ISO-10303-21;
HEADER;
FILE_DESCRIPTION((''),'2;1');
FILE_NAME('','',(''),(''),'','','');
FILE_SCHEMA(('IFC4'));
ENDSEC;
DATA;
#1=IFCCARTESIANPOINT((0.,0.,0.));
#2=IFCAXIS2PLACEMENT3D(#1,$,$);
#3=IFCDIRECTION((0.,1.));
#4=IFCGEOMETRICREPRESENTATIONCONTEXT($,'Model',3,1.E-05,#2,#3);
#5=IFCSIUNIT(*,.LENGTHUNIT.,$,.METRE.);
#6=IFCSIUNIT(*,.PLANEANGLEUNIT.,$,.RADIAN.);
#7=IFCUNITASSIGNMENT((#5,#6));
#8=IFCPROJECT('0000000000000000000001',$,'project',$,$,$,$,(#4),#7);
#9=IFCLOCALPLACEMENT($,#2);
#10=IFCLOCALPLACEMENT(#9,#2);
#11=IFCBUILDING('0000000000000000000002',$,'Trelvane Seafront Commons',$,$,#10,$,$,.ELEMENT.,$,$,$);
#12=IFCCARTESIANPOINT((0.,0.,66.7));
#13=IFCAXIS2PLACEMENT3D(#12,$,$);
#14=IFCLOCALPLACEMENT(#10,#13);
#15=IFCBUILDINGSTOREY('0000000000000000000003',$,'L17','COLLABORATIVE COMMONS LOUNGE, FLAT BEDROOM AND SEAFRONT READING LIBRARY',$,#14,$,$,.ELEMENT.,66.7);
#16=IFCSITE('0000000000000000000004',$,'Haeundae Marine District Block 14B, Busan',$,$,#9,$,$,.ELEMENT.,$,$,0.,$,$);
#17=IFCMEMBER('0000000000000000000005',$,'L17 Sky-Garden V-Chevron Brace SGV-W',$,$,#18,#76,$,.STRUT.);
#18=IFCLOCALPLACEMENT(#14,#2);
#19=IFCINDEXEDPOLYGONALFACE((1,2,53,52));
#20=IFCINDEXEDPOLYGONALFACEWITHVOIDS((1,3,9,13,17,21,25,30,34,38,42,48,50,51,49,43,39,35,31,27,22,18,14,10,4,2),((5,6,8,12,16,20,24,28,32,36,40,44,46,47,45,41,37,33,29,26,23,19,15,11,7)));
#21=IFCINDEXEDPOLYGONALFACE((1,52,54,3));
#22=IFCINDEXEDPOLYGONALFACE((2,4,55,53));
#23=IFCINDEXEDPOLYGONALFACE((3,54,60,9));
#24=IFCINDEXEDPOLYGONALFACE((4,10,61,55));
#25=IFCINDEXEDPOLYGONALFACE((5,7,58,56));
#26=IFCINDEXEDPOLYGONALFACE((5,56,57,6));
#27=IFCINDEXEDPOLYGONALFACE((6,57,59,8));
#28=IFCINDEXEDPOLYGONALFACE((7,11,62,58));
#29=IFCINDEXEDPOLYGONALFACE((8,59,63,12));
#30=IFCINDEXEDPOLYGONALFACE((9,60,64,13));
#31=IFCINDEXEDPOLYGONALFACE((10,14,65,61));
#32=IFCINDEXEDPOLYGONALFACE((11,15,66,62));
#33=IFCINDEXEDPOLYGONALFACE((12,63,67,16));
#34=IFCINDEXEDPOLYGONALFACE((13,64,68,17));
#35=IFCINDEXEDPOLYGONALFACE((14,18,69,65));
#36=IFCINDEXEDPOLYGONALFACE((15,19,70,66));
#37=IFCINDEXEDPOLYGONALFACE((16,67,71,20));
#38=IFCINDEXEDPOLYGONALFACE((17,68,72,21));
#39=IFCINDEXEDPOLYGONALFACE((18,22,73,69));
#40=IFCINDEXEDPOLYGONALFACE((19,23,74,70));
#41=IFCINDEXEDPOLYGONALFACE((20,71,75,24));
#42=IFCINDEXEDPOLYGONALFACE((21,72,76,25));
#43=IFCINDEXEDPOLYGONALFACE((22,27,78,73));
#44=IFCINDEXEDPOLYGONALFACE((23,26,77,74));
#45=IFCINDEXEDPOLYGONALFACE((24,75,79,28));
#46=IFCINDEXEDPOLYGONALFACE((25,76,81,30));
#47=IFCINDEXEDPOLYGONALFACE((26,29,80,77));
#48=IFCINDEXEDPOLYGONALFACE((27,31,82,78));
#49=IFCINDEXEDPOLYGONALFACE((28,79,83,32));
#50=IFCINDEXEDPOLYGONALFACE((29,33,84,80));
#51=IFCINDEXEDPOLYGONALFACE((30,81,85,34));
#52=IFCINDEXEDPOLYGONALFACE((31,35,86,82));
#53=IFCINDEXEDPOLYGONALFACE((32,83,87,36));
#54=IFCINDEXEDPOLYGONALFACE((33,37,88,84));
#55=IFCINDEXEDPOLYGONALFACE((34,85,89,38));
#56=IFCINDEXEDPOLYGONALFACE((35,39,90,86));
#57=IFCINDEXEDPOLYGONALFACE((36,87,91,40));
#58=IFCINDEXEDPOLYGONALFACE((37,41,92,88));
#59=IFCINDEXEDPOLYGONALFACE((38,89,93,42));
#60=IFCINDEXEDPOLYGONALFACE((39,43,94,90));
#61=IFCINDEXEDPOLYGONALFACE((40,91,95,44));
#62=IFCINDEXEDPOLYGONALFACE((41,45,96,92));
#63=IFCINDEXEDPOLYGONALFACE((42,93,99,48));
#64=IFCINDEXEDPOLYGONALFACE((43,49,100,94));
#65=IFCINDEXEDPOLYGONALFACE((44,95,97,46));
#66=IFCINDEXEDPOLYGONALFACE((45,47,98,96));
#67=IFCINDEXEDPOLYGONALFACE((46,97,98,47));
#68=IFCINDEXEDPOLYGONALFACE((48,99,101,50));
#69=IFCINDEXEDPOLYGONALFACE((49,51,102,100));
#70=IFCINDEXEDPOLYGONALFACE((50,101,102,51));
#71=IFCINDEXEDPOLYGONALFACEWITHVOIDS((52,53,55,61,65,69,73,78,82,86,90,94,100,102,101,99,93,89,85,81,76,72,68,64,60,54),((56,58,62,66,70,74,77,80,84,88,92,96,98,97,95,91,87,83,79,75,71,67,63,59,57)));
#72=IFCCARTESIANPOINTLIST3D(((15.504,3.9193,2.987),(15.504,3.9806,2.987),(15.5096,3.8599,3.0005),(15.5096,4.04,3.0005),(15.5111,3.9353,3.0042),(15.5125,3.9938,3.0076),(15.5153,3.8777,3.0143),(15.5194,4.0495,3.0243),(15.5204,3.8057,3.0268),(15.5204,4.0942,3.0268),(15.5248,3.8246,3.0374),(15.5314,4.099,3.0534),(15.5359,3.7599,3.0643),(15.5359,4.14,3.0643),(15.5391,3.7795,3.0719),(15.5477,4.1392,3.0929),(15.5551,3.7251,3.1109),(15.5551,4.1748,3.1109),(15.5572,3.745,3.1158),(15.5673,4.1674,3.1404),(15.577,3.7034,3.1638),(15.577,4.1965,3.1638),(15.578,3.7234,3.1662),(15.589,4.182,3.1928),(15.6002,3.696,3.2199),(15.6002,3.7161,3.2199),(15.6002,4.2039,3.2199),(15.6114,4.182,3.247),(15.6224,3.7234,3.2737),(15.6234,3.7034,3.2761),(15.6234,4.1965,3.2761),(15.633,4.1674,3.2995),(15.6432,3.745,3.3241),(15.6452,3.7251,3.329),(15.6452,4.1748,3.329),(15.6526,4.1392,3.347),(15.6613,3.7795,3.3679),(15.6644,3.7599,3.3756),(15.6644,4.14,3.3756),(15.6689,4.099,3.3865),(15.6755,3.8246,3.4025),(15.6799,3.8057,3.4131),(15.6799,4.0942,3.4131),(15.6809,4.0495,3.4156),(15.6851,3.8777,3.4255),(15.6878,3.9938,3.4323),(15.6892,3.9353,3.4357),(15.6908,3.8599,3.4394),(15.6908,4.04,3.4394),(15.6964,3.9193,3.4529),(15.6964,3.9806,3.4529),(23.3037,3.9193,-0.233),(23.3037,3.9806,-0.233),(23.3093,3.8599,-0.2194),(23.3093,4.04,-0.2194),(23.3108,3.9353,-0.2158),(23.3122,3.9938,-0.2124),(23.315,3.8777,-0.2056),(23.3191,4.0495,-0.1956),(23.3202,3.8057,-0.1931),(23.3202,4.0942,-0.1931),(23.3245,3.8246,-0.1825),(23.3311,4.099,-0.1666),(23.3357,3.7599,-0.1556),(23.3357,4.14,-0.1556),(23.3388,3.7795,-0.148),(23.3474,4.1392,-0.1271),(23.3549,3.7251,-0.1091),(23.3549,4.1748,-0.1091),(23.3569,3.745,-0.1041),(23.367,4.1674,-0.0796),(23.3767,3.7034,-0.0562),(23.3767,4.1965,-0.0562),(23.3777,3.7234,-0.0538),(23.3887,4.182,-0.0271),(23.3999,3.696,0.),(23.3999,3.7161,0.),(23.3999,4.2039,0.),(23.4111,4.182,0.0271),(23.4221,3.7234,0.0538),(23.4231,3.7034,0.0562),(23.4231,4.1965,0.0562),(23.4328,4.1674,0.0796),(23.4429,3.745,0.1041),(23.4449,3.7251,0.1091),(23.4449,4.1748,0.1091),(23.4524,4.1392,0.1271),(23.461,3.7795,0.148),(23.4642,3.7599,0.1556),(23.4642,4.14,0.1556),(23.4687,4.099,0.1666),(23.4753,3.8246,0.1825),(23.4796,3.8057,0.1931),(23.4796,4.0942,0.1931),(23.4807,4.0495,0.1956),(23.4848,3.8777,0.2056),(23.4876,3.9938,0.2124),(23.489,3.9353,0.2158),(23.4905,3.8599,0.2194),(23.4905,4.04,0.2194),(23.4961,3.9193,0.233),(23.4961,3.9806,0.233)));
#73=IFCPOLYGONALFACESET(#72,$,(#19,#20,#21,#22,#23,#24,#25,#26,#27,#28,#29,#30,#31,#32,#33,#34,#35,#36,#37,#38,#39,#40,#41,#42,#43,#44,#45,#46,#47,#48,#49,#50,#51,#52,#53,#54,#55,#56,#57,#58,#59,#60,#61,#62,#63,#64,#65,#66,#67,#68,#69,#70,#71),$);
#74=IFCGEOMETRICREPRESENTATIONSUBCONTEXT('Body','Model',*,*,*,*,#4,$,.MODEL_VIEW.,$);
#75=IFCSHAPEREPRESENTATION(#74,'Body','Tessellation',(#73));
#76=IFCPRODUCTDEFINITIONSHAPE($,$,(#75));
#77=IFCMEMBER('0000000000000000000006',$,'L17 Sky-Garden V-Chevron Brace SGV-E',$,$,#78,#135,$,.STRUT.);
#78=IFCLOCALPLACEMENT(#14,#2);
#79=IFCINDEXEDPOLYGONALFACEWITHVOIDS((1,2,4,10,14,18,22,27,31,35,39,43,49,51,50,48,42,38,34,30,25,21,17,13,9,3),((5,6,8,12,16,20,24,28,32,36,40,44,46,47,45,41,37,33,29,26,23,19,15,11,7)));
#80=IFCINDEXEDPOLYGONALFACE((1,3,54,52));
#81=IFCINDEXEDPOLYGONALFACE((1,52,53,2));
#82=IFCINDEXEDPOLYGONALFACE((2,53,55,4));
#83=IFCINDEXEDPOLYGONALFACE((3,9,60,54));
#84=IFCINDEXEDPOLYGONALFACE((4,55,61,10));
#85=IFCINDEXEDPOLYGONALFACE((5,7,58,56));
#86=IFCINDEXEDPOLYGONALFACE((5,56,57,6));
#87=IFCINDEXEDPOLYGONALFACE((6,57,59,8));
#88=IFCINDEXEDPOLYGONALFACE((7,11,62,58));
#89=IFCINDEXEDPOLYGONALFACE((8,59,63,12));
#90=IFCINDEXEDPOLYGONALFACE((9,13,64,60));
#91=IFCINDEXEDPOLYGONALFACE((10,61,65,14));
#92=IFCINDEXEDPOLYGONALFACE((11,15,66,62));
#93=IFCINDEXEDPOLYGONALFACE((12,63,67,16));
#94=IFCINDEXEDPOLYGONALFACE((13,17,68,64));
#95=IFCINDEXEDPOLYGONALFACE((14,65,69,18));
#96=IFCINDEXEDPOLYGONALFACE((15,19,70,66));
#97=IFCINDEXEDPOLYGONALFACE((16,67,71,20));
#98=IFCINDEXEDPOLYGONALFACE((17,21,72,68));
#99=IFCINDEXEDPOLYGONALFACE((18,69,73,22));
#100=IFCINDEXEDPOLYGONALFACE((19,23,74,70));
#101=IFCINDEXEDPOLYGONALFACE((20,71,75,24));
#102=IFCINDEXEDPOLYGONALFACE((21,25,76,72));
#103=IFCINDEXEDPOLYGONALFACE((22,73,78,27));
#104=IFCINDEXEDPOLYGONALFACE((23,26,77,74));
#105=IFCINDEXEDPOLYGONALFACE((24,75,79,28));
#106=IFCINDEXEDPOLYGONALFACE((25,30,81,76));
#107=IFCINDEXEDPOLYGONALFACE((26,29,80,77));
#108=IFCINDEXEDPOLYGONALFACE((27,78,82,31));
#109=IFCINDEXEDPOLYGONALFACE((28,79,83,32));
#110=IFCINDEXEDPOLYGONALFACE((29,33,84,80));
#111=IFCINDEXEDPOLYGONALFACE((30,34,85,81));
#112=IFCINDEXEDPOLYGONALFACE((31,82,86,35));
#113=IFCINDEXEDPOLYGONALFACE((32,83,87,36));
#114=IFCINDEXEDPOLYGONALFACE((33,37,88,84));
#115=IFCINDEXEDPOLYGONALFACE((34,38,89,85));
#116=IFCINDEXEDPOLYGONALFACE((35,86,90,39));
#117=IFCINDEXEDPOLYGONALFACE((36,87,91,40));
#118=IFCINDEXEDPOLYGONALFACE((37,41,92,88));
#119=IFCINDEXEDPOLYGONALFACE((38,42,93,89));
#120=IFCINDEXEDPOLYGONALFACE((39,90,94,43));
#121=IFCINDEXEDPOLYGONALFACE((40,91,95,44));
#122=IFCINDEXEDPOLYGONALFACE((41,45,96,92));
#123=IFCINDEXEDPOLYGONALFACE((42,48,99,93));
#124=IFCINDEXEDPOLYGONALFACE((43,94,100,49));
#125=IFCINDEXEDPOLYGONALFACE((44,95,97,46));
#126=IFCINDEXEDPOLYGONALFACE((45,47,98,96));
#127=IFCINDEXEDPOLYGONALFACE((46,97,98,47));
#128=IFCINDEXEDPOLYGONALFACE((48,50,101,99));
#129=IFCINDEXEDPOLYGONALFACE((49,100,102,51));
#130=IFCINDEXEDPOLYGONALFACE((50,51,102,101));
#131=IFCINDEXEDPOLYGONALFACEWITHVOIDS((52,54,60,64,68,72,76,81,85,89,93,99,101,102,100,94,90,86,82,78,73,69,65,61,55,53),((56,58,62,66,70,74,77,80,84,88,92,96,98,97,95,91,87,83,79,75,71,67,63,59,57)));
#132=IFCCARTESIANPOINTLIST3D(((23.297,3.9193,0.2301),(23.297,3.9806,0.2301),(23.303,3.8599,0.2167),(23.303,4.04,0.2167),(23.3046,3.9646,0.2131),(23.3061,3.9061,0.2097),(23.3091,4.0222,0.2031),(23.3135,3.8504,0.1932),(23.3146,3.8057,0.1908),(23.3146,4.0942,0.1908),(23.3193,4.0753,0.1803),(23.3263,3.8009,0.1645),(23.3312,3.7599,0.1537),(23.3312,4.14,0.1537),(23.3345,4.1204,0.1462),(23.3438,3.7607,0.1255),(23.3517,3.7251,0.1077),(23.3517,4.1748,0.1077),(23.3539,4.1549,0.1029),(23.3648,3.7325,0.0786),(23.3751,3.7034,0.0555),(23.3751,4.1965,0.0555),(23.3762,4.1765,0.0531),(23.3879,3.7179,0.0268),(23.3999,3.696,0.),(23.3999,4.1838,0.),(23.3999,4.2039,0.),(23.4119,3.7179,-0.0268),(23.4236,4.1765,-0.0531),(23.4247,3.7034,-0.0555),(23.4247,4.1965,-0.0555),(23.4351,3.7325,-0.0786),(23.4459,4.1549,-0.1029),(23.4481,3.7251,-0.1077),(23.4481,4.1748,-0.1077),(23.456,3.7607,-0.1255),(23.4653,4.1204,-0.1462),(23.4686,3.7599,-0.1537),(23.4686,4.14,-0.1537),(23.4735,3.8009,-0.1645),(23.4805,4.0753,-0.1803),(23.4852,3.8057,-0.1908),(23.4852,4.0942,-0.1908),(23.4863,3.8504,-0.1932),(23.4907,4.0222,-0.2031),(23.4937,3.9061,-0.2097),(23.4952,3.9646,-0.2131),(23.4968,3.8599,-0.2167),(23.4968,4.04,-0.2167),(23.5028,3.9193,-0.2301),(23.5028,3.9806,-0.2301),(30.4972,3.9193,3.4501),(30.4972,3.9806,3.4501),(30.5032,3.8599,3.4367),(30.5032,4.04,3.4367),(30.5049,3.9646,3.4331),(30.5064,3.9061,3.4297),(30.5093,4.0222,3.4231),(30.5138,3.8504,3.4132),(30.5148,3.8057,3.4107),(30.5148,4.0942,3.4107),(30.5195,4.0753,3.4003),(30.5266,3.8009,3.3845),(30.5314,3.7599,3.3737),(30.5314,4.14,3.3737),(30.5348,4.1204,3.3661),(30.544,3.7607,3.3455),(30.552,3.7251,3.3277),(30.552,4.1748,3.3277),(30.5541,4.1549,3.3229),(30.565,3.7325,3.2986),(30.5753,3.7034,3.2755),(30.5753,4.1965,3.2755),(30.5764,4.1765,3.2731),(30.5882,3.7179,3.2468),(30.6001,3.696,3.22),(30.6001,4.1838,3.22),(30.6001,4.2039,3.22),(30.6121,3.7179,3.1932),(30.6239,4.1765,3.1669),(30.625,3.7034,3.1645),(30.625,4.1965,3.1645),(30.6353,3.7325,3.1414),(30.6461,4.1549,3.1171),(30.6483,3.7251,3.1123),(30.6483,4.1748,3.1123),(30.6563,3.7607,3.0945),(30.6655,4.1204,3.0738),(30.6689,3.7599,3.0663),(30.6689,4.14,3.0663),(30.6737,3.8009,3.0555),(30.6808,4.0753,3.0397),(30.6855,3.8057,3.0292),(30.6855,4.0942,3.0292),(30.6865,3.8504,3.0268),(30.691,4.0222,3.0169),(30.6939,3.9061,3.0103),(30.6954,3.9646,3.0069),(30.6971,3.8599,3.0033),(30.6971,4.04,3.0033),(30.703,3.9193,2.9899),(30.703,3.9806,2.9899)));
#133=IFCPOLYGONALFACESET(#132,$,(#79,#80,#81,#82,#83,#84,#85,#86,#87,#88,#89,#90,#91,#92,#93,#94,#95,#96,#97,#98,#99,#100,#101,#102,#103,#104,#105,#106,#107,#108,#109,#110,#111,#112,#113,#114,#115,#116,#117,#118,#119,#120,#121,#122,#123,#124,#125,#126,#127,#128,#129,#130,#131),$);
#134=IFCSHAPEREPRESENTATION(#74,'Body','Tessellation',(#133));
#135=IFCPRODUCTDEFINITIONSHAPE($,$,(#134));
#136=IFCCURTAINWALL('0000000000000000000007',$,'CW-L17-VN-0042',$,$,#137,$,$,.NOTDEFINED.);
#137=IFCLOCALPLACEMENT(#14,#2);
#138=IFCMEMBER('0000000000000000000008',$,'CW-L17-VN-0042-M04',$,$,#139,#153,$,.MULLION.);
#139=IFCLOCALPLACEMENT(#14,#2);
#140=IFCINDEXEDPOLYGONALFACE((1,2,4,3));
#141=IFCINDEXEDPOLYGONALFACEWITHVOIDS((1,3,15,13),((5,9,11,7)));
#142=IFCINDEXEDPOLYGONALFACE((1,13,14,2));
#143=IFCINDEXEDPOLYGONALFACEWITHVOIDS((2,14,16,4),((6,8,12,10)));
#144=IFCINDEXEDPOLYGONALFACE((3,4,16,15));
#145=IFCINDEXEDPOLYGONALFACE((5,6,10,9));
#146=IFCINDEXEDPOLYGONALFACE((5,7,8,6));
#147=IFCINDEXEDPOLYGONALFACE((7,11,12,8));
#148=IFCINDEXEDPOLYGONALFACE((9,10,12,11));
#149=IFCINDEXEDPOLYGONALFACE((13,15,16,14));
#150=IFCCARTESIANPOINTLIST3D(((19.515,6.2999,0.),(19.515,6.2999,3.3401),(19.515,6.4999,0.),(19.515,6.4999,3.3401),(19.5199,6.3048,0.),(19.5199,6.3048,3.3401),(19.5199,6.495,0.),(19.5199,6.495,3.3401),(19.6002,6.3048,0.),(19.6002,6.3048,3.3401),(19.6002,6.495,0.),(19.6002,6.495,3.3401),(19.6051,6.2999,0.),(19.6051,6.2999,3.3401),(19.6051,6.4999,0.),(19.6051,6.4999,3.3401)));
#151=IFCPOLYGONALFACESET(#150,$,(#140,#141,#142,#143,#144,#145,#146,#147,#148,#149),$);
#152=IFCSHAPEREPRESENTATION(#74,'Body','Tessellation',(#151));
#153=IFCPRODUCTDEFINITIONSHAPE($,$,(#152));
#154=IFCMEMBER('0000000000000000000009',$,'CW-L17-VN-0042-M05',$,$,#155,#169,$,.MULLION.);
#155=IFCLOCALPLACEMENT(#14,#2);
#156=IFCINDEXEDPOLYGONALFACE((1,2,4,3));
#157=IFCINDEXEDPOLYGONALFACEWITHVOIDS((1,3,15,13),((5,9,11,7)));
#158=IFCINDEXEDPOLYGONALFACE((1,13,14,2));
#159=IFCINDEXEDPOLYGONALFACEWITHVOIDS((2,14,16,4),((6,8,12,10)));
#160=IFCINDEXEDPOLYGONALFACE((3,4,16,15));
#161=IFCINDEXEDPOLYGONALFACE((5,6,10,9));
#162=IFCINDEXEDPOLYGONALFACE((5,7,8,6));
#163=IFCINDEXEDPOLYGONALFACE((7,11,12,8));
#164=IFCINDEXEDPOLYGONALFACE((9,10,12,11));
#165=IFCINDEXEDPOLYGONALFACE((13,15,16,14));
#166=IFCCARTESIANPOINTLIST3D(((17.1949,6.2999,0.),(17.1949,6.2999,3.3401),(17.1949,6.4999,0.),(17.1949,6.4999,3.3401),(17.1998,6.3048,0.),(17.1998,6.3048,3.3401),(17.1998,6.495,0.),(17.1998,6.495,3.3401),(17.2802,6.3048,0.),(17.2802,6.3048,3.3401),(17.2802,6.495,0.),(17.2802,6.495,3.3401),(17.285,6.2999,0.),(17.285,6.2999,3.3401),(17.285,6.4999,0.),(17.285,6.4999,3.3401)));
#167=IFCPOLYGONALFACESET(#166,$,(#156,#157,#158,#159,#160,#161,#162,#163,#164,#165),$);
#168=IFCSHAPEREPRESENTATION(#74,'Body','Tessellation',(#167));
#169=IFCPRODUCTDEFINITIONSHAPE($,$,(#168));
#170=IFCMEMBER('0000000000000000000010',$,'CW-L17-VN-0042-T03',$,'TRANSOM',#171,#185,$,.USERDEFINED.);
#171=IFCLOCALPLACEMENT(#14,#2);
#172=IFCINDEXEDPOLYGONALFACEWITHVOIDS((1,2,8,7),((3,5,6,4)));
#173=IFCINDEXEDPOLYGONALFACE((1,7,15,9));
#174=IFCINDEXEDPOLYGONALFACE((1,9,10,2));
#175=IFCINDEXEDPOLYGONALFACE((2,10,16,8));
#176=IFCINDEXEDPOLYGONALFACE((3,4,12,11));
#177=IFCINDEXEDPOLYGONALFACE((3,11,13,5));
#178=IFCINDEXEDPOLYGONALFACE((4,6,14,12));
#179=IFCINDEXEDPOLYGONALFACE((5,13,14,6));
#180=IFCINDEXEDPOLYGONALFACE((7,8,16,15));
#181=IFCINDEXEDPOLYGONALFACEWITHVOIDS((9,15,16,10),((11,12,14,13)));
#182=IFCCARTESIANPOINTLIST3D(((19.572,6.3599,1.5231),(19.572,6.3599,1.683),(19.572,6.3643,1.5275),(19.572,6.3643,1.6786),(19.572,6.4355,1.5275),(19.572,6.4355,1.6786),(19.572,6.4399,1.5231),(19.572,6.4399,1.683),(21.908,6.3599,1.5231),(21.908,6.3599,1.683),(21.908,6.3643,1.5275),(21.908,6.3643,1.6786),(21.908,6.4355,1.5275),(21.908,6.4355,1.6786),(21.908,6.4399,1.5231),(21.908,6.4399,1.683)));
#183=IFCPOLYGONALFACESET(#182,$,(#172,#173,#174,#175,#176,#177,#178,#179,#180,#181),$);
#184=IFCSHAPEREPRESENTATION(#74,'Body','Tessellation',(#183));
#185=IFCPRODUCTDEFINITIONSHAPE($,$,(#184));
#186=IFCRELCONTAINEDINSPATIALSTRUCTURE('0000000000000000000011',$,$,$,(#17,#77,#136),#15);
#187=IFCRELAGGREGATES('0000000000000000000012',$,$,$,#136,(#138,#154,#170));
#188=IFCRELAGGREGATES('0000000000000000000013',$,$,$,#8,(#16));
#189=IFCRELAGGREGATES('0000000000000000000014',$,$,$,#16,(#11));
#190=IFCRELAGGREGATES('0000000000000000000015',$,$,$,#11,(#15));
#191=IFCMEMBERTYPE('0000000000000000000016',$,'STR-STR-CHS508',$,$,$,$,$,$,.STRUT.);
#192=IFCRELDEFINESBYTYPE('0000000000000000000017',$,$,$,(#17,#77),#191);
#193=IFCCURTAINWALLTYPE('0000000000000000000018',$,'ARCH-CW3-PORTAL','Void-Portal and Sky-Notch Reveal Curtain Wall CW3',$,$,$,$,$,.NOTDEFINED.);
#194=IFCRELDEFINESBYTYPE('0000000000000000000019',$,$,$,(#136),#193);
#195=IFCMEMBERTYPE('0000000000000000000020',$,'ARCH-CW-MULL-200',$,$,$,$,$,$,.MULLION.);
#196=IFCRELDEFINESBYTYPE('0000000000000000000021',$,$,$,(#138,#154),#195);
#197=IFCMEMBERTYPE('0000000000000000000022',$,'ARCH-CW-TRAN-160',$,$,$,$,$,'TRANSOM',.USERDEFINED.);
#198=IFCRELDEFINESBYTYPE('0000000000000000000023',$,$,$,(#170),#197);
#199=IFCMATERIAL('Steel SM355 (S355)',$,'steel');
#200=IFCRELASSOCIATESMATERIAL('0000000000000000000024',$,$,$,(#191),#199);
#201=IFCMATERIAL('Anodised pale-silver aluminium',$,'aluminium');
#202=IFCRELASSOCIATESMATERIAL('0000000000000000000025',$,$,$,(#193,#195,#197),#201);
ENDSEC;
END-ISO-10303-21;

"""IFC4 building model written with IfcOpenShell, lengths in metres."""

from ifc_helpers import new_model, si_unit, direction, frame, origin, origin_2d, place, context, subcontext, project, spatial, hollow_rectangle, hollow_circle, extrude, source, transform, mapped, material, material_profile, profile_set, type_object, element, aggregate, save


model = new_model("IFC4")

# Units and contexts
model_context = context("Model", 3, precision=1e-05, world=origin(), true_north=direction((0.0, 1.0)))
body_context = subcontext(model_context, "Body", "Model", "MODEL_VIEW")
ifc_project = project(units=[si_unit("LENGTHUNIT", "METRE"), si_unit("PLANEANGLEUNIT", "RADIAN")], contexts=[model_context])

# Site, building, storey
site_placement = place(None, origin())
site = spatial("IfcSite", under=ifc_project, at=site_placement, Name="Haeundae Marine District Block 14B, Busan", CompositionType="ELEMENT", RefElevation=0.0)
building_placement = place(site_placement, origin())
building = spatial("IfcBuilding", under=site, at=building_placement, Name="Trelvane Seafront Commons", CompositionType="ELEMENT")
storey_placement = place(building_placement, frame((0.0, 0.0, 66.7)))
storey = spatial("IfcBuildingStorey", under=building, at=storey_placement, Name="L17", Description="COLLABORATIVE COMMONS LOUNGE, FLAT BEDROOM AND SEAFRONT READING LIBRARY", CompositionType="ELEMENT", Elevation=66.7)

# Shared definitions
ifc_material_1 = material(Name="Steel SM355 (S355)", Category="steel")

# Members
ifc_material_profile_1 = material_profile(ifc_material_1, hollow_circle(Radius=0.2539, WallThickness=0.02, at=origin_2d()), Name="CHS-508x20")
ifc_profile_set_1 = profile_set([ifc_material_profile_1], Name="Steel SM355 (S355)")
member_type_1 = type_object("IfcMemberType", Name="STR-STR-CHS508", PredefinedType="STRUT", material=ifc_profile_set_1)
shared_shape_1 = source(origin(), body_context, "Body", "SweptSolid", [
    extrude(hollow_circle(Radius=0.2539, WallThickness=0.02, at=origin_2d()), origin(), (0.0, 0.0, 1.0), 8.4382),
])
member_1_placement = place(storey_placement, frame((23.3999, 3.95, 0.0), z_axis=(-0.924332, 0.0, 0.381589), x_axis=(0.0, -1.0, 0.0)))
element("IfcMember", 1, at=member_1_placement, inside=storey, type_object=member_type_1, Name="L17 Sky-Garden V-Chevron Brace SGV-W", PredefinedType="STRUT", context=body_context, shape_type="MappedRepresentation", body=[
    mapped(shared_shape_1, transform((0.0, 0.0, 0.0), x_axis=(1.0, 0.0, 0.0), y_axis=(0.0, 1.0, 0.0), z_axis=(0.0, 0.0, 1.0), scale=1.0)),
])
shared_shape_2 = source(origin(), body_context, "Body", "SweptSolid", [
    extrude(hollow_circle(Radius=0.2539, WallThickness=0.02, at=origin_2d()), origin(), (0.0, 0.0, 1.0), 7.8875),
])
member_2_placement = place(storey_placement, frame((23.3999, 3.95, 0.0), z_axis=(0.912874, 0.0, 0.408243), x_axis=(0.0, 1.0, 0.0)))
element("IfcMember", 2, at=member_2_placement, inside=storey, type_object=member_type_1, Name="L17 Sky-Garden V-Chevron Brace SGV-E", PredefinedType="STRUT", context=body_context, shape_type="MappedRepresentation", body=[
    mapped(shared_shape_2, transform((0.0, 0.0, 0.0), x_axis=(1.0, 0.0, 0.0), y_axis=(0.0, 1.0, 0.0), z_axis=(0.0, 0.0, 1.0), scale=1.0)),
])

# Curtain wall, members
ifc_material_2 = material(Name="Anodised pale-silver aluminium", Category="aluminium")
curtain_wall_type = type_object("IfcCurtainWallType", Name="ARCH-CW3-PORTAL", Description="Void-Portal and Sky-Notch Reveal Curtain Wall CW3", PredefinedType="NOTDEFINED", material=ifc_material_2)
curtain_wall_placement = place(storey_placement, origin())
curtain_wall = element("IfcCurtainWall", 3, at=curtain_wall_placement, inside=storey, type_object=curtain_wall_type, Name="CW-L17-VN-0042", PredefinedType="NOTDEFINED")
ifc_material_profile_2 = material_profile(ifc_material_2, hollow_rectangle(XDim=0.0901, YDim=0.2, WallThickness=0.0049, at=origin_2d()), Name="MULL-90x200x5")
ifc_profile_set_2 = profile_set([ifc_material_profile_2], Name="Anodised pale-silver aluminium")
member_type_2 = type_object("IfcMemberType", Name="ARCH-CW-MULL-200", PredefinedType="MULLION", material=ifc_profile_set_2)
shared_shape_3 = source(origin(), body_context, "Body", "SweptSolid", [
    extrude(hollow_rectangle(XDim=0.0901, YDim=0.2, WallThickness=0.0049, at=origin_2d()), origin(), (0.0, 0.0, 1.0), 3.3401),
])
member_3_placement = place(storey_placement, frame((19.5601, 6.3999, 0.0), z_axis=(0.0, 0.0, 1.0), x_axis=(1.0, 0.0, 0.0)))
member_3 = element("IfcMember", 4, at=member_3_placement, type_object=member_type_2, Name="CW-L17-VN-0042-M04", PredefinedType="MULLION", context=body_context, shape_type="MappedRepresentation", body=[
    mapped(shared_shape_3, transform((0.0, 0.0, 0.0), x_axis=(1.0, 0.0, 0.0), y_axis=(0.0, 1.0, 0.0), z_axis=(0.0, 0.0, 1.0), scale=1.0)),
])
member_4_placement = place(storey_placement, frame((17.24, 6.3999, 0.0), z_axis=(0.0, 0.0, 1.0), x_axis=(1.0, 0.0, 0.0)))
member_4 = element("IfcMember", 5, at=member_4_placement, type_object=member_type_2, Name="CW-L17-VN-0042-M05", PredefinedType="MULLION", context=body_context, shape_type="MappedRepresentation", body=[
    mapped(shared_shape_3, transform((0.0, 0.0, 0.0), x_axis=(1.0, 0.0, 0.0), y_axis=(0.0, 1.0, 0.0), z_axis=(0.0, 0.0, 1.0), scale=1.0)),
])
ifc_material_profile_3 = material_profile(ifc_material_2, hollow_rectangle(XDim=0.0801, YDim=0.1599, WallThickness=0.0044, at=origin_2d()), Name="TRAN-80x160x4.5")
ifc_profile_set_3 = profile_set([ifc_material_profile_3], Name="Anodised pale-silver aluminium")
member_type_3 = type_object("IfcMemberType", Name="ARCH-CW-TRAN-160", ElementType="TRANSOM", PredefinedType="USERDEFINED", material=ifc_profile_set_3)
shared_shape_4 = source(origin(), body_context, "Body", "SweptSolid", [
    extrude(hollow_rectangle(XDim=0.0801, YDim=0.1599, WallThickness=0.0044, at=origin_2d()), origin(), (0.0, 0.0, 1.0), 2.3359),
])
member_5_placement = place(storey_placement, frame((21.908, 6.3999, 1.603), z_axis=(-1.0, 0.0, 0.0), x_axis=(0.0, -1.0, 0.0)))
member_5 = element("IfcMember", 6, at=member_5_placement, type_object=member_type_3, Name="CW-L17-VN-0042-T03", ObjectType="TRANSOM", PredefinedType="USERDEFINED", context=body_context, shape_type="MappedRepresentation", body=[
    mapped(shared_shape_4, transform((0.0, 0.0, 0.0), x_axis=(1.0, 0.0, 0.0), y_axis=(0.0, 1.0, 0.0), z_axis=(0.0, 0.0, 1.0), scale=1.0)),
])

aggregate(curtain_wall, [member_3, member_4, member_5])

save(model, "model.ifc")
